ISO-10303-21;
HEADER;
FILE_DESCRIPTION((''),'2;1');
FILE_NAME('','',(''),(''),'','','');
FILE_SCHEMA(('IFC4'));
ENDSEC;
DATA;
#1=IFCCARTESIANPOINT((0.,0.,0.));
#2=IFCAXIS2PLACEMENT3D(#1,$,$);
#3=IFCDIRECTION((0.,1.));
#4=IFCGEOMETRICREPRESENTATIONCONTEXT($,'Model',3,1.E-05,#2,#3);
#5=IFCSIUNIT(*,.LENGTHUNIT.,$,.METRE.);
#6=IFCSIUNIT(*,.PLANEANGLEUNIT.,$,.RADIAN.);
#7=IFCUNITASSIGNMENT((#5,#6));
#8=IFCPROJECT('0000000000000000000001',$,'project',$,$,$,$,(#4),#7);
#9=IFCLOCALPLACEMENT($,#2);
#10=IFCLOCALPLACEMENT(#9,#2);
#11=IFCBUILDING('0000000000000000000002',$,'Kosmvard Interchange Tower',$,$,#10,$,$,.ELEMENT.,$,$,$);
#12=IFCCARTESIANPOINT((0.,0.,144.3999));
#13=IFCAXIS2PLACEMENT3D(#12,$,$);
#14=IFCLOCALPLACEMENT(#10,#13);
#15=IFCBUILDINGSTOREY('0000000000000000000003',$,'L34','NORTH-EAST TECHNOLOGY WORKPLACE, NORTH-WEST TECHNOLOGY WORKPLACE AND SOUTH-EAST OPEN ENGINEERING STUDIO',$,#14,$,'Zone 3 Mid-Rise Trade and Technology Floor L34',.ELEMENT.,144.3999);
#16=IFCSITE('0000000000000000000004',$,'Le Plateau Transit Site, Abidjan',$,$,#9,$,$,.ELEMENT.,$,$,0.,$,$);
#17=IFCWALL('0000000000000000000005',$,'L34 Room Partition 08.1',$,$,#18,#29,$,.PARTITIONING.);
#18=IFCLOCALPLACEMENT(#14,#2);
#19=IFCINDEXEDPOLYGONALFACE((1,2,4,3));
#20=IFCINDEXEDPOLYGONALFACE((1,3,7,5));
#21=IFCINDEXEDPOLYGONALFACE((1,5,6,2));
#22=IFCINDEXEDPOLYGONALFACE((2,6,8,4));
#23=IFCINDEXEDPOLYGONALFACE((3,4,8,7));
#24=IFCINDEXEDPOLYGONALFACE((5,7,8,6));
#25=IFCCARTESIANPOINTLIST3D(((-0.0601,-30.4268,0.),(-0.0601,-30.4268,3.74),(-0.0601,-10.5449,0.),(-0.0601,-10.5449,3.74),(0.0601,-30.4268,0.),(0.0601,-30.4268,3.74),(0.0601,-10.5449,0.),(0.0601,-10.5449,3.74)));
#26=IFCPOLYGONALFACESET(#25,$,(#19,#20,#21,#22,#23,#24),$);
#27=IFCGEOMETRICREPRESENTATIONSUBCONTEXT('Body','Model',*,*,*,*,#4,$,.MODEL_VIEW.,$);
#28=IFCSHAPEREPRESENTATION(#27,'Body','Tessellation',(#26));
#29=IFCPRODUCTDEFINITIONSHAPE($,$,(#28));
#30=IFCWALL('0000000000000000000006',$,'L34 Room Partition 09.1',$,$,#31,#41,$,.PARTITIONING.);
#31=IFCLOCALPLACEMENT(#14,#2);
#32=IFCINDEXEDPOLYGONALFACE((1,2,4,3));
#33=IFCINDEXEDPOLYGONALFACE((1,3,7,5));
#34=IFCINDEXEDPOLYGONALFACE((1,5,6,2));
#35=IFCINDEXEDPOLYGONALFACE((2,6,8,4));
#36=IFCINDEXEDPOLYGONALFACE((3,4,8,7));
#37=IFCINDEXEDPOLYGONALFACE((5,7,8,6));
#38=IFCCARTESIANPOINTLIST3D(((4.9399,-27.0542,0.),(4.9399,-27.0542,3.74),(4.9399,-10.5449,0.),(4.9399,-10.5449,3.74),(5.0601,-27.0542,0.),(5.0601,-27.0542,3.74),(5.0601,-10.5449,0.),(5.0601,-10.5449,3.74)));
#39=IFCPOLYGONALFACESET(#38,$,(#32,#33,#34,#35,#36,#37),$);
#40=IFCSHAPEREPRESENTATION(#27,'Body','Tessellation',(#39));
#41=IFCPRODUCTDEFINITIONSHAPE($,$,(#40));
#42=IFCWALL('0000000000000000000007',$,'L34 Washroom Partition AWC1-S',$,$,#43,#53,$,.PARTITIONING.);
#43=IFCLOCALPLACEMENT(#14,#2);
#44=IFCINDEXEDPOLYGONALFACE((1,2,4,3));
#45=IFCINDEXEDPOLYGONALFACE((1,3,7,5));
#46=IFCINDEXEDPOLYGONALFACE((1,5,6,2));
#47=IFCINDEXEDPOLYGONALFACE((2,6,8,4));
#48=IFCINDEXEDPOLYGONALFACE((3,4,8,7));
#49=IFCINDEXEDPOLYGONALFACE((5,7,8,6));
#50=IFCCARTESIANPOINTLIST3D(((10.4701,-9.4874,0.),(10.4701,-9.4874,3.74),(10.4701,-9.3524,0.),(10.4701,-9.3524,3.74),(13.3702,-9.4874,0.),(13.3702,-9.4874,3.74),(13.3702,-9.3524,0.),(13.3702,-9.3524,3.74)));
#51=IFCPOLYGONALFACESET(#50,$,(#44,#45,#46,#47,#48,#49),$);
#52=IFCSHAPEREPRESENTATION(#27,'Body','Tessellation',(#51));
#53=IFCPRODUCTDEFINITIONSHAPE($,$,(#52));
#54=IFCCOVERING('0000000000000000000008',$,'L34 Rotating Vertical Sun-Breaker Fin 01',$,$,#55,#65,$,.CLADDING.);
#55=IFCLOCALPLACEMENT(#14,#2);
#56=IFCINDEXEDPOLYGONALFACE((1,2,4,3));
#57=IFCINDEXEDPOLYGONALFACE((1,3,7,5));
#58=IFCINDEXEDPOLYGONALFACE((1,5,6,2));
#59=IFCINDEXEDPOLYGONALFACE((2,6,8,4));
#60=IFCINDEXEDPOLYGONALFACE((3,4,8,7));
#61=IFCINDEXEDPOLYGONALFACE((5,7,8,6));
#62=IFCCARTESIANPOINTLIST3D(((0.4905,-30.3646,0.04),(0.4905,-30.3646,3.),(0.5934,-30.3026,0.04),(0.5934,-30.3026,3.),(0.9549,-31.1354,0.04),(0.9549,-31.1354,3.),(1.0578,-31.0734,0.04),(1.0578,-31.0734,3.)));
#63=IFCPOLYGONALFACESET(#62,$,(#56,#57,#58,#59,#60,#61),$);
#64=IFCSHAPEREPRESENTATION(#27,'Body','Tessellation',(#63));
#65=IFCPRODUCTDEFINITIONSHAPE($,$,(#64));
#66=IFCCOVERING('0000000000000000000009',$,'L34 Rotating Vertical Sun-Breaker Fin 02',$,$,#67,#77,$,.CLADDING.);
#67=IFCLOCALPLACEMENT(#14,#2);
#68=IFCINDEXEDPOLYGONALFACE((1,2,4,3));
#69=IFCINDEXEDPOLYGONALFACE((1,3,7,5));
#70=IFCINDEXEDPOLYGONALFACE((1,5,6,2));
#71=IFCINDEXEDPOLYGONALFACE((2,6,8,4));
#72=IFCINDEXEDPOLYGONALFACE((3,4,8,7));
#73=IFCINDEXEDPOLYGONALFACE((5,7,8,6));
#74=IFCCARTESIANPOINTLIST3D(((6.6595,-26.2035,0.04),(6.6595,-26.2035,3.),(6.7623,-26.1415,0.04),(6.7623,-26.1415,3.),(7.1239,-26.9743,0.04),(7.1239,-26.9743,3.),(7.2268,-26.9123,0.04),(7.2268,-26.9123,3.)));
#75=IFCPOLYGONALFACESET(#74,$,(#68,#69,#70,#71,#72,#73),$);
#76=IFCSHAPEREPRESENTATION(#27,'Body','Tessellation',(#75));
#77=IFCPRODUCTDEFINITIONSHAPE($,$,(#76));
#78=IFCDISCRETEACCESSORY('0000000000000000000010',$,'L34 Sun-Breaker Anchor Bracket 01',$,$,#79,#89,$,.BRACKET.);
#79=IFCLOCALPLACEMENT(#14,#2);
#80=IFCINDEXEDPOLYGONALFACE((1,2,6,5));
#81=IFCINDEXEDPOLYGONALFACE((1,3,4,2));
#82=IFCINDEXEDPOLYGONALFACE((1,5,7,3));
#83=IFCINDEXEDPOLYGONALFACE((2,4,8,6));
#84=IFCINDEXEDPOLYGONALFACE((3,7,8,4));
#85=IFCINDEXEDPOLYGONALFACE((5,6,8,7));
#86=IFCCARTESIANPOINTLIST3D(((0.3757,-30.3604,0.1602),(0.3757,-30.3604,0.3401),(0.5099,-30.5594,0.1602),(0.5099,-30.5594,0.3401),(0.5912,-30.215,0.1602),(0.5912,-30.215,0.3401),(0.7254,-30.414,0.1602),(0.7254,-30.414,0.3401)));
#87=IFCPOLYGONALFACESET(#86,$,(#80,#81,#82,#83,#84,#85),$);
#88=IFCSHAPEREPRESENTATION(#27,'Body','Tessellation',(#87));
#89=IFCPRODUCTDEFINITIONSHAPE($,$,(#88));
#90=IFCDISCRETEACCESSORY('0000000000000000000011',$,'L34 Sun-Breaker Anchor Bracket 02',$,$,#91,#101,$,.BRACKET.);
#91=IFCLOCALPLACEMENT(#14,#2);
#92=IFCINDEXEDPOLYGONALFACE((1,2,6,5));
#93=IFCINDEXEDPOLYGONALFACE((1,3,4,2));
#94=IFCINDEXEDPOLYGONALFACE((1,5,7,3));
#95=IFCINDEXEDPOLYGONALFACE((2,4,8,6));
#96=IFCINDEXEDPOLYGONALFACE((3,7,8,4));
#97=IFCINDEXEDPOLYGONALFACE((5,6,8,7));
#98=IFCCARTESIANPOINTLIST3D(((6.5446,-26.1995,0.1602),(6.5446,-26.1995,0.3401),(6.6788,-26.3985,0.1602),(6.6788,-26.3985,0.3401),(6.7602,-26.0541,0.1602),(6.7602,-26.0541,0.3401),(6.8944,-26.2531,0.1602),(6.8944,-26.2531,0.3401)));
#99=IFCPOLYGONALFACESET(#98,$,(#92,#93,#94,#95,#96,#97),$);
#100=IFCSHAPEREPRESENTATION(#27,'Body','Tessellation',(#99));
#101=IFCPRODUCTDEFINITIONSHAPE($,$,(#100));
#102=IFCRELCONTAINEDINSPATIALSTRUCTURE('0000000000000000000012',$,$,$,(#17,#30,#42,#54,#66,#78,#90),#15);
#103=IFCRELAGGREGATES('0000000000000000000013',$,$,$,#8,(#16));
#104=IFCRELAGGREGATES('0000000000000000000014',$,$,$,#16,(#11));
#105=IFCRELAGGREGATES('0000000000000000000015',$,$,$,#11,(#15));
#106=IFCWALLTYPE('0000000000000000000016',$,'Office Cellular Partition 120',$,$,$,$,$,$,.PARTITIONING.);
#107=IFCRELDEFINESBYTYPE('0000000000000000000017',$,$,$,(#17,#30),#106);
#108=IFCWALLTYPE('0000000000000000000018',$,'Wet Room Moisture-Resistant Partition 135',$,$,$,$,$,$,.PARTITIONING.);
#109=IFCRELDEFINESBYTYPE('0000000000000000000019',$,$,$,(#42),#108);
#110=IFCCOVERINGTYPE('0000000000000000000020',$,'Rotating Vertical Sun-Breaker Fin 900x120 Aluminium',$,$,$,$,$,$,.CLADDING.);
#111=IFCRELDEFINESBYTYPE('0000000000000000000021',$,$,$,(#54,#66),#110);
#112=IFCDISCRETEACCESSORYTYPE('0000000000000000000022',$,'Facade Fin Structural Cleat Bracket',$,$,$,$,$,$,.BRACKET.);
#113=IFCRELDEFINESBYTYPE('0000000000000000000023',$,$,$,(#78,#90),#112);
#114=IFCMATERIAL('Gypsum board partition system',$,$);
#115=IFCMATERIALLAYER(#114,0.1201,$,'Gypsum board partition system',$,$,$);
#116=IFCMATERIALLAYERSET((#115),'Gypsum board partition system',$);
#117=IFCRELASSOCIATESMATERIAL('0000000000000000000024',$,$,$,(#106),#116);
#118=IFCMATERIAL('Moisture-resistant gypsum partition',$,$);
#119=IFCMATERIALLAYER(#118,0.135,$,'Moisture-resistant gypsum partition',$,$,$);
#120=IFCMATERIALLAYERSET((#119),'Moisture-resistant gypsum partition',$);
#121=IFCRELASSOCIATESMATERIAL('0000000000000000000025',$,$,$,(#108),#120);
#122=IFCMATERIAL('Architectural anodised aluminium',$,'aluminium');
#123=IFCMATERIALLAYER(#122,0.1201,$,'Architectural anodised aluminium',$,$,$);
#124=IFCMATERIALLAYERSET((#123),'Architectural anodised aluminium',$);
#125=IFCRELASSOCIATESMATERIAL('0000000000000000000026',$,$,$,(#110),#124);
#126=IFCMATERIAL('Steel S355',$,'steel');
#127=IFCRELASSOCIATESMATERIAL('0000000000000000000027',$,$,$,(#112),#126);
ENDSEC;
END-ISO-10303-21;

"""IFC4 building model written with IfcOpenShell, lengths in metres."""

from ifc_helpers import new_model, si_unit, direction, frame, frame_2d, origin, origin_2d, place, context, subcontext, project, spatial, rectangle, extrude, source, transform, mapped, material, layer, layer_set, type_object, element, save


model = new_model("IFC4")

# Units and contexts
model_context = context("Model", 3, precision=1e-05, world=origin(), true_north=direction((0.0, 1.0)))
body_context = subcontext(model_context, "Body", "Model", "MODEL_VIEW")
ifc_project = project(units=[si_unit("LENGTHUNIT", "METRE"), si_unit("PLANEANGLEUNIT", "RADIAN")], contexts=[model_context])

# Site, building, storey
site_placement = place(None, origin())
site = spatial("IfcSite", under=ifc_project, at=site_placement, Name="Le Plateau Transit Site, Abidjan", CompositionType="ELEMENT", RefElevation=0.0)
building_placement = place(site_placement, origin())
building = spatial("IfcBuilding", under=site, at=building_placement, Name="Kosmvard Interchange Tower", CompositionType="ELEMENT")
storey_placement = place(building_placement, frame((0.0, 0.0, 144.3999)))
storey = spatial("IfcBuildingStorey", under=building, at=storey_placement, Name="L34", Description="NORTH-EAST TECHNOLOGY WORKPLACE, NORTH-WEST TECHNOLOGY WORKPLACE AND SOUTH-EAST OPEN ENGINEERING STUDIO", LongName="Zone 3 Mid-Rise Trade and Technology Floor L34", CompositionType="ELEMENT", Elevation=144.3999)

# Shared definitions
ifc_material_1 = material(Name="Steel S355", Category="steel")

# Walls
ifc_material_2 = material(Name="Gypsum board partition system")
ifc_layer_1 = layer(ifc_material_2, 0.1201, Name="Gypsum board partition system")
ifc_layer_set_1 = layer_set([ifc_layer_1], Name="Gypsum board partition system")
wall_type_1 = type_object("IfcWallType", Name="Office Cellular Partition 120", PredefinedType="PARTITIONING", material=ifc_layer_set_1)
wall_1_placement = place(storey_placement, frame((0.0, -30.4268, 0.0), z_axis=(0.0, 0.0, 1.0), x_axis=(0.0, 1.0, 0.0)))
element("IfcWall", 1, at=wall_1_placement, inside=storey, type_object=wall_type_1, Name="L34 Room Partition 08.1", PredefinedType="PARTITIONING", context=body_context, shape_type="SweptSolid", body=[
    extrude(rectangle(XDim=19.8818, YDim=0.1201, at=frame_2d((9.9409, 0.0))), origin(), (0.0, 0.0, 1.0), 3.74),
])
wall_2_placement = place(storey_placement, frame((5.0, -27.0542, 0.0), z_axis=(0.0, 0.0, 1.0), x_axis=(0.0, 1.0, 0.0)))
element("IfcWall", 2, at=wall_2_placement, inside=storey, type_object=wall_type_1, Name="L34 Room Partition 09.1", PredefinedType="PARTITIONING", context=body_context, shape_type="SweptSolid", body=[
    extrude(rectangle(XDim=16.5093, YDim=0.1201, at=frame_2d((8.2546, 0.0))), origin(), (0.0, 0.0, 1.0), 3.74),
])
ifc_material_3 = material(Name="Moisture-resistant gypsum partition")
ifc_layer_2 = layer(ifc_material_3, 0.135, Name="Moisture-resistant gypsum partition")
ifc_layer_set_2 = layer_set([ifc_layer_2], Name="Moisture-resistant gypsum partition")
wall_type_2 = type_object("IfcWallType", Name="Wet Room Moisture-Resistant Partition 135", PredefinedType="PARTITIONING", material=ifc_layer_set_2)
wall_3_placement = place(storey_placement, frame((10.47, -9.4199, 0.0), z_axis=(0.0, 0.0, 1.0), x_axis=(1.0, 0.0, 0.0)))
element("IfcWall", 3, at=wall_3_placement, inside=storey, type_object=wall_type_2, Name="L34 Washroom Partition AWC1-S", PredefinedType="PARTITIONING", context=body_context, shape_type="SweptSolid", body=[
    extrude(rectangle(XDim=2.9001, YDim=0.135, at=frame_2d((1.4502, 0.0))), origin(), (0.0, 0.0, 1.0), 3.74),
])

# Coverings
ifc_material_4 = material(Name="Architectural anodised aluminium", Category="aluminium")
ifc_layer_3 = layer(ifc_material_4, 0.1201, Name="Architectural anodised aluminium")
ifc_layer_set_3 = layer_set([ifc_layer_3], Name="Architectural anodised aluminium")
covering_type = type_object("IfcCoveringType", Name="Rotating Vertical Sun-Breaker Fin 900x120 Aluminium", PredefinedType="CLADDING", material=ifc_layer_set_3)
shared_shape_1 = source(origin(), body_context, "Body", "SweptSolid", [
    extrude(rectangle(XDim=0.8999, YDim=0.1201, at=origin_2d()), origin(), (0.0, 0.0, 1.0), 2.96),
])
for number, where, z_axis, x_axis, name in (
    (4, (0.7742, -30.719, 0.04), (0.0, 0.0, 1.0), (0.516085, -0.856537, 0.0), "L34 Rotating Vertical Sun-Breaker Fin 01"),
    (5, (6.9431, -26.5579, 0.04), (0.0, 0.0, 1.0), (0.516085, -0.856537, 0.0), "L34 Rotating Vertical Sun-Breaker Fin 02"),
):
    element("IfcCovering", number, at=place(storey_placement, frame(where, z_axis=z_axis, x_axis=x_axis)), inside=storey, type_object=covering_type, Name=name, PredefinedType="CLADDING", context=body_context, shape_type="MappedRepresentation", body=[
        mapped(shared_shape_1, transform((0.0, 0.0, 0.0), scale=1.0)),
    ])

# Discrete accessories
discrete_accessory_type = type_object("IfcDiscreteAccessoryType", Name="Facade Fin Structural Cleat Bracket", PredefinedType="BRACKET", material=ifc_material_1)
shared_shape_2 = source(origin(), body_context, "Body", "SweptSolid", [
    extrude(rectangle(XDim=0.24, YDim=0.26, at=origin_2d()), origin(), (0.0, 0.0, 1.0), 0.1799),
])
for number, where, z_axis, x_axis, name in (
    (6, (0.5505, -30.3872, 0.1602), (0.0, 0.0, 1.0), (0.559193, -0.829038, 0.0), "L34 Sun-Breaker Anchor Bracket 01"),
    (7, (6.7195, -26.2263, 0.1602), (0.0, 0.0, 1.0), (0.559193, -0.829038, 0.0), "L34 Sun-Breaker Anchor Bracket 02"),
):
    element("IfcDiscreteAccessory", number, at=place(storey_placement, frame(where, z_axis=z_axis, x_axis=x_axis)), inside=storey, type_object=discrete_accessory_type, Name=name, PredefinedType="BRACKET", context=body_context, shape_type="MappedRepresentation", body=[
        mapped(shared_shape_2, transform((0.0, 0.0, 0.0), scale=1.0)),
    ])

save(model, "model.ifc")
